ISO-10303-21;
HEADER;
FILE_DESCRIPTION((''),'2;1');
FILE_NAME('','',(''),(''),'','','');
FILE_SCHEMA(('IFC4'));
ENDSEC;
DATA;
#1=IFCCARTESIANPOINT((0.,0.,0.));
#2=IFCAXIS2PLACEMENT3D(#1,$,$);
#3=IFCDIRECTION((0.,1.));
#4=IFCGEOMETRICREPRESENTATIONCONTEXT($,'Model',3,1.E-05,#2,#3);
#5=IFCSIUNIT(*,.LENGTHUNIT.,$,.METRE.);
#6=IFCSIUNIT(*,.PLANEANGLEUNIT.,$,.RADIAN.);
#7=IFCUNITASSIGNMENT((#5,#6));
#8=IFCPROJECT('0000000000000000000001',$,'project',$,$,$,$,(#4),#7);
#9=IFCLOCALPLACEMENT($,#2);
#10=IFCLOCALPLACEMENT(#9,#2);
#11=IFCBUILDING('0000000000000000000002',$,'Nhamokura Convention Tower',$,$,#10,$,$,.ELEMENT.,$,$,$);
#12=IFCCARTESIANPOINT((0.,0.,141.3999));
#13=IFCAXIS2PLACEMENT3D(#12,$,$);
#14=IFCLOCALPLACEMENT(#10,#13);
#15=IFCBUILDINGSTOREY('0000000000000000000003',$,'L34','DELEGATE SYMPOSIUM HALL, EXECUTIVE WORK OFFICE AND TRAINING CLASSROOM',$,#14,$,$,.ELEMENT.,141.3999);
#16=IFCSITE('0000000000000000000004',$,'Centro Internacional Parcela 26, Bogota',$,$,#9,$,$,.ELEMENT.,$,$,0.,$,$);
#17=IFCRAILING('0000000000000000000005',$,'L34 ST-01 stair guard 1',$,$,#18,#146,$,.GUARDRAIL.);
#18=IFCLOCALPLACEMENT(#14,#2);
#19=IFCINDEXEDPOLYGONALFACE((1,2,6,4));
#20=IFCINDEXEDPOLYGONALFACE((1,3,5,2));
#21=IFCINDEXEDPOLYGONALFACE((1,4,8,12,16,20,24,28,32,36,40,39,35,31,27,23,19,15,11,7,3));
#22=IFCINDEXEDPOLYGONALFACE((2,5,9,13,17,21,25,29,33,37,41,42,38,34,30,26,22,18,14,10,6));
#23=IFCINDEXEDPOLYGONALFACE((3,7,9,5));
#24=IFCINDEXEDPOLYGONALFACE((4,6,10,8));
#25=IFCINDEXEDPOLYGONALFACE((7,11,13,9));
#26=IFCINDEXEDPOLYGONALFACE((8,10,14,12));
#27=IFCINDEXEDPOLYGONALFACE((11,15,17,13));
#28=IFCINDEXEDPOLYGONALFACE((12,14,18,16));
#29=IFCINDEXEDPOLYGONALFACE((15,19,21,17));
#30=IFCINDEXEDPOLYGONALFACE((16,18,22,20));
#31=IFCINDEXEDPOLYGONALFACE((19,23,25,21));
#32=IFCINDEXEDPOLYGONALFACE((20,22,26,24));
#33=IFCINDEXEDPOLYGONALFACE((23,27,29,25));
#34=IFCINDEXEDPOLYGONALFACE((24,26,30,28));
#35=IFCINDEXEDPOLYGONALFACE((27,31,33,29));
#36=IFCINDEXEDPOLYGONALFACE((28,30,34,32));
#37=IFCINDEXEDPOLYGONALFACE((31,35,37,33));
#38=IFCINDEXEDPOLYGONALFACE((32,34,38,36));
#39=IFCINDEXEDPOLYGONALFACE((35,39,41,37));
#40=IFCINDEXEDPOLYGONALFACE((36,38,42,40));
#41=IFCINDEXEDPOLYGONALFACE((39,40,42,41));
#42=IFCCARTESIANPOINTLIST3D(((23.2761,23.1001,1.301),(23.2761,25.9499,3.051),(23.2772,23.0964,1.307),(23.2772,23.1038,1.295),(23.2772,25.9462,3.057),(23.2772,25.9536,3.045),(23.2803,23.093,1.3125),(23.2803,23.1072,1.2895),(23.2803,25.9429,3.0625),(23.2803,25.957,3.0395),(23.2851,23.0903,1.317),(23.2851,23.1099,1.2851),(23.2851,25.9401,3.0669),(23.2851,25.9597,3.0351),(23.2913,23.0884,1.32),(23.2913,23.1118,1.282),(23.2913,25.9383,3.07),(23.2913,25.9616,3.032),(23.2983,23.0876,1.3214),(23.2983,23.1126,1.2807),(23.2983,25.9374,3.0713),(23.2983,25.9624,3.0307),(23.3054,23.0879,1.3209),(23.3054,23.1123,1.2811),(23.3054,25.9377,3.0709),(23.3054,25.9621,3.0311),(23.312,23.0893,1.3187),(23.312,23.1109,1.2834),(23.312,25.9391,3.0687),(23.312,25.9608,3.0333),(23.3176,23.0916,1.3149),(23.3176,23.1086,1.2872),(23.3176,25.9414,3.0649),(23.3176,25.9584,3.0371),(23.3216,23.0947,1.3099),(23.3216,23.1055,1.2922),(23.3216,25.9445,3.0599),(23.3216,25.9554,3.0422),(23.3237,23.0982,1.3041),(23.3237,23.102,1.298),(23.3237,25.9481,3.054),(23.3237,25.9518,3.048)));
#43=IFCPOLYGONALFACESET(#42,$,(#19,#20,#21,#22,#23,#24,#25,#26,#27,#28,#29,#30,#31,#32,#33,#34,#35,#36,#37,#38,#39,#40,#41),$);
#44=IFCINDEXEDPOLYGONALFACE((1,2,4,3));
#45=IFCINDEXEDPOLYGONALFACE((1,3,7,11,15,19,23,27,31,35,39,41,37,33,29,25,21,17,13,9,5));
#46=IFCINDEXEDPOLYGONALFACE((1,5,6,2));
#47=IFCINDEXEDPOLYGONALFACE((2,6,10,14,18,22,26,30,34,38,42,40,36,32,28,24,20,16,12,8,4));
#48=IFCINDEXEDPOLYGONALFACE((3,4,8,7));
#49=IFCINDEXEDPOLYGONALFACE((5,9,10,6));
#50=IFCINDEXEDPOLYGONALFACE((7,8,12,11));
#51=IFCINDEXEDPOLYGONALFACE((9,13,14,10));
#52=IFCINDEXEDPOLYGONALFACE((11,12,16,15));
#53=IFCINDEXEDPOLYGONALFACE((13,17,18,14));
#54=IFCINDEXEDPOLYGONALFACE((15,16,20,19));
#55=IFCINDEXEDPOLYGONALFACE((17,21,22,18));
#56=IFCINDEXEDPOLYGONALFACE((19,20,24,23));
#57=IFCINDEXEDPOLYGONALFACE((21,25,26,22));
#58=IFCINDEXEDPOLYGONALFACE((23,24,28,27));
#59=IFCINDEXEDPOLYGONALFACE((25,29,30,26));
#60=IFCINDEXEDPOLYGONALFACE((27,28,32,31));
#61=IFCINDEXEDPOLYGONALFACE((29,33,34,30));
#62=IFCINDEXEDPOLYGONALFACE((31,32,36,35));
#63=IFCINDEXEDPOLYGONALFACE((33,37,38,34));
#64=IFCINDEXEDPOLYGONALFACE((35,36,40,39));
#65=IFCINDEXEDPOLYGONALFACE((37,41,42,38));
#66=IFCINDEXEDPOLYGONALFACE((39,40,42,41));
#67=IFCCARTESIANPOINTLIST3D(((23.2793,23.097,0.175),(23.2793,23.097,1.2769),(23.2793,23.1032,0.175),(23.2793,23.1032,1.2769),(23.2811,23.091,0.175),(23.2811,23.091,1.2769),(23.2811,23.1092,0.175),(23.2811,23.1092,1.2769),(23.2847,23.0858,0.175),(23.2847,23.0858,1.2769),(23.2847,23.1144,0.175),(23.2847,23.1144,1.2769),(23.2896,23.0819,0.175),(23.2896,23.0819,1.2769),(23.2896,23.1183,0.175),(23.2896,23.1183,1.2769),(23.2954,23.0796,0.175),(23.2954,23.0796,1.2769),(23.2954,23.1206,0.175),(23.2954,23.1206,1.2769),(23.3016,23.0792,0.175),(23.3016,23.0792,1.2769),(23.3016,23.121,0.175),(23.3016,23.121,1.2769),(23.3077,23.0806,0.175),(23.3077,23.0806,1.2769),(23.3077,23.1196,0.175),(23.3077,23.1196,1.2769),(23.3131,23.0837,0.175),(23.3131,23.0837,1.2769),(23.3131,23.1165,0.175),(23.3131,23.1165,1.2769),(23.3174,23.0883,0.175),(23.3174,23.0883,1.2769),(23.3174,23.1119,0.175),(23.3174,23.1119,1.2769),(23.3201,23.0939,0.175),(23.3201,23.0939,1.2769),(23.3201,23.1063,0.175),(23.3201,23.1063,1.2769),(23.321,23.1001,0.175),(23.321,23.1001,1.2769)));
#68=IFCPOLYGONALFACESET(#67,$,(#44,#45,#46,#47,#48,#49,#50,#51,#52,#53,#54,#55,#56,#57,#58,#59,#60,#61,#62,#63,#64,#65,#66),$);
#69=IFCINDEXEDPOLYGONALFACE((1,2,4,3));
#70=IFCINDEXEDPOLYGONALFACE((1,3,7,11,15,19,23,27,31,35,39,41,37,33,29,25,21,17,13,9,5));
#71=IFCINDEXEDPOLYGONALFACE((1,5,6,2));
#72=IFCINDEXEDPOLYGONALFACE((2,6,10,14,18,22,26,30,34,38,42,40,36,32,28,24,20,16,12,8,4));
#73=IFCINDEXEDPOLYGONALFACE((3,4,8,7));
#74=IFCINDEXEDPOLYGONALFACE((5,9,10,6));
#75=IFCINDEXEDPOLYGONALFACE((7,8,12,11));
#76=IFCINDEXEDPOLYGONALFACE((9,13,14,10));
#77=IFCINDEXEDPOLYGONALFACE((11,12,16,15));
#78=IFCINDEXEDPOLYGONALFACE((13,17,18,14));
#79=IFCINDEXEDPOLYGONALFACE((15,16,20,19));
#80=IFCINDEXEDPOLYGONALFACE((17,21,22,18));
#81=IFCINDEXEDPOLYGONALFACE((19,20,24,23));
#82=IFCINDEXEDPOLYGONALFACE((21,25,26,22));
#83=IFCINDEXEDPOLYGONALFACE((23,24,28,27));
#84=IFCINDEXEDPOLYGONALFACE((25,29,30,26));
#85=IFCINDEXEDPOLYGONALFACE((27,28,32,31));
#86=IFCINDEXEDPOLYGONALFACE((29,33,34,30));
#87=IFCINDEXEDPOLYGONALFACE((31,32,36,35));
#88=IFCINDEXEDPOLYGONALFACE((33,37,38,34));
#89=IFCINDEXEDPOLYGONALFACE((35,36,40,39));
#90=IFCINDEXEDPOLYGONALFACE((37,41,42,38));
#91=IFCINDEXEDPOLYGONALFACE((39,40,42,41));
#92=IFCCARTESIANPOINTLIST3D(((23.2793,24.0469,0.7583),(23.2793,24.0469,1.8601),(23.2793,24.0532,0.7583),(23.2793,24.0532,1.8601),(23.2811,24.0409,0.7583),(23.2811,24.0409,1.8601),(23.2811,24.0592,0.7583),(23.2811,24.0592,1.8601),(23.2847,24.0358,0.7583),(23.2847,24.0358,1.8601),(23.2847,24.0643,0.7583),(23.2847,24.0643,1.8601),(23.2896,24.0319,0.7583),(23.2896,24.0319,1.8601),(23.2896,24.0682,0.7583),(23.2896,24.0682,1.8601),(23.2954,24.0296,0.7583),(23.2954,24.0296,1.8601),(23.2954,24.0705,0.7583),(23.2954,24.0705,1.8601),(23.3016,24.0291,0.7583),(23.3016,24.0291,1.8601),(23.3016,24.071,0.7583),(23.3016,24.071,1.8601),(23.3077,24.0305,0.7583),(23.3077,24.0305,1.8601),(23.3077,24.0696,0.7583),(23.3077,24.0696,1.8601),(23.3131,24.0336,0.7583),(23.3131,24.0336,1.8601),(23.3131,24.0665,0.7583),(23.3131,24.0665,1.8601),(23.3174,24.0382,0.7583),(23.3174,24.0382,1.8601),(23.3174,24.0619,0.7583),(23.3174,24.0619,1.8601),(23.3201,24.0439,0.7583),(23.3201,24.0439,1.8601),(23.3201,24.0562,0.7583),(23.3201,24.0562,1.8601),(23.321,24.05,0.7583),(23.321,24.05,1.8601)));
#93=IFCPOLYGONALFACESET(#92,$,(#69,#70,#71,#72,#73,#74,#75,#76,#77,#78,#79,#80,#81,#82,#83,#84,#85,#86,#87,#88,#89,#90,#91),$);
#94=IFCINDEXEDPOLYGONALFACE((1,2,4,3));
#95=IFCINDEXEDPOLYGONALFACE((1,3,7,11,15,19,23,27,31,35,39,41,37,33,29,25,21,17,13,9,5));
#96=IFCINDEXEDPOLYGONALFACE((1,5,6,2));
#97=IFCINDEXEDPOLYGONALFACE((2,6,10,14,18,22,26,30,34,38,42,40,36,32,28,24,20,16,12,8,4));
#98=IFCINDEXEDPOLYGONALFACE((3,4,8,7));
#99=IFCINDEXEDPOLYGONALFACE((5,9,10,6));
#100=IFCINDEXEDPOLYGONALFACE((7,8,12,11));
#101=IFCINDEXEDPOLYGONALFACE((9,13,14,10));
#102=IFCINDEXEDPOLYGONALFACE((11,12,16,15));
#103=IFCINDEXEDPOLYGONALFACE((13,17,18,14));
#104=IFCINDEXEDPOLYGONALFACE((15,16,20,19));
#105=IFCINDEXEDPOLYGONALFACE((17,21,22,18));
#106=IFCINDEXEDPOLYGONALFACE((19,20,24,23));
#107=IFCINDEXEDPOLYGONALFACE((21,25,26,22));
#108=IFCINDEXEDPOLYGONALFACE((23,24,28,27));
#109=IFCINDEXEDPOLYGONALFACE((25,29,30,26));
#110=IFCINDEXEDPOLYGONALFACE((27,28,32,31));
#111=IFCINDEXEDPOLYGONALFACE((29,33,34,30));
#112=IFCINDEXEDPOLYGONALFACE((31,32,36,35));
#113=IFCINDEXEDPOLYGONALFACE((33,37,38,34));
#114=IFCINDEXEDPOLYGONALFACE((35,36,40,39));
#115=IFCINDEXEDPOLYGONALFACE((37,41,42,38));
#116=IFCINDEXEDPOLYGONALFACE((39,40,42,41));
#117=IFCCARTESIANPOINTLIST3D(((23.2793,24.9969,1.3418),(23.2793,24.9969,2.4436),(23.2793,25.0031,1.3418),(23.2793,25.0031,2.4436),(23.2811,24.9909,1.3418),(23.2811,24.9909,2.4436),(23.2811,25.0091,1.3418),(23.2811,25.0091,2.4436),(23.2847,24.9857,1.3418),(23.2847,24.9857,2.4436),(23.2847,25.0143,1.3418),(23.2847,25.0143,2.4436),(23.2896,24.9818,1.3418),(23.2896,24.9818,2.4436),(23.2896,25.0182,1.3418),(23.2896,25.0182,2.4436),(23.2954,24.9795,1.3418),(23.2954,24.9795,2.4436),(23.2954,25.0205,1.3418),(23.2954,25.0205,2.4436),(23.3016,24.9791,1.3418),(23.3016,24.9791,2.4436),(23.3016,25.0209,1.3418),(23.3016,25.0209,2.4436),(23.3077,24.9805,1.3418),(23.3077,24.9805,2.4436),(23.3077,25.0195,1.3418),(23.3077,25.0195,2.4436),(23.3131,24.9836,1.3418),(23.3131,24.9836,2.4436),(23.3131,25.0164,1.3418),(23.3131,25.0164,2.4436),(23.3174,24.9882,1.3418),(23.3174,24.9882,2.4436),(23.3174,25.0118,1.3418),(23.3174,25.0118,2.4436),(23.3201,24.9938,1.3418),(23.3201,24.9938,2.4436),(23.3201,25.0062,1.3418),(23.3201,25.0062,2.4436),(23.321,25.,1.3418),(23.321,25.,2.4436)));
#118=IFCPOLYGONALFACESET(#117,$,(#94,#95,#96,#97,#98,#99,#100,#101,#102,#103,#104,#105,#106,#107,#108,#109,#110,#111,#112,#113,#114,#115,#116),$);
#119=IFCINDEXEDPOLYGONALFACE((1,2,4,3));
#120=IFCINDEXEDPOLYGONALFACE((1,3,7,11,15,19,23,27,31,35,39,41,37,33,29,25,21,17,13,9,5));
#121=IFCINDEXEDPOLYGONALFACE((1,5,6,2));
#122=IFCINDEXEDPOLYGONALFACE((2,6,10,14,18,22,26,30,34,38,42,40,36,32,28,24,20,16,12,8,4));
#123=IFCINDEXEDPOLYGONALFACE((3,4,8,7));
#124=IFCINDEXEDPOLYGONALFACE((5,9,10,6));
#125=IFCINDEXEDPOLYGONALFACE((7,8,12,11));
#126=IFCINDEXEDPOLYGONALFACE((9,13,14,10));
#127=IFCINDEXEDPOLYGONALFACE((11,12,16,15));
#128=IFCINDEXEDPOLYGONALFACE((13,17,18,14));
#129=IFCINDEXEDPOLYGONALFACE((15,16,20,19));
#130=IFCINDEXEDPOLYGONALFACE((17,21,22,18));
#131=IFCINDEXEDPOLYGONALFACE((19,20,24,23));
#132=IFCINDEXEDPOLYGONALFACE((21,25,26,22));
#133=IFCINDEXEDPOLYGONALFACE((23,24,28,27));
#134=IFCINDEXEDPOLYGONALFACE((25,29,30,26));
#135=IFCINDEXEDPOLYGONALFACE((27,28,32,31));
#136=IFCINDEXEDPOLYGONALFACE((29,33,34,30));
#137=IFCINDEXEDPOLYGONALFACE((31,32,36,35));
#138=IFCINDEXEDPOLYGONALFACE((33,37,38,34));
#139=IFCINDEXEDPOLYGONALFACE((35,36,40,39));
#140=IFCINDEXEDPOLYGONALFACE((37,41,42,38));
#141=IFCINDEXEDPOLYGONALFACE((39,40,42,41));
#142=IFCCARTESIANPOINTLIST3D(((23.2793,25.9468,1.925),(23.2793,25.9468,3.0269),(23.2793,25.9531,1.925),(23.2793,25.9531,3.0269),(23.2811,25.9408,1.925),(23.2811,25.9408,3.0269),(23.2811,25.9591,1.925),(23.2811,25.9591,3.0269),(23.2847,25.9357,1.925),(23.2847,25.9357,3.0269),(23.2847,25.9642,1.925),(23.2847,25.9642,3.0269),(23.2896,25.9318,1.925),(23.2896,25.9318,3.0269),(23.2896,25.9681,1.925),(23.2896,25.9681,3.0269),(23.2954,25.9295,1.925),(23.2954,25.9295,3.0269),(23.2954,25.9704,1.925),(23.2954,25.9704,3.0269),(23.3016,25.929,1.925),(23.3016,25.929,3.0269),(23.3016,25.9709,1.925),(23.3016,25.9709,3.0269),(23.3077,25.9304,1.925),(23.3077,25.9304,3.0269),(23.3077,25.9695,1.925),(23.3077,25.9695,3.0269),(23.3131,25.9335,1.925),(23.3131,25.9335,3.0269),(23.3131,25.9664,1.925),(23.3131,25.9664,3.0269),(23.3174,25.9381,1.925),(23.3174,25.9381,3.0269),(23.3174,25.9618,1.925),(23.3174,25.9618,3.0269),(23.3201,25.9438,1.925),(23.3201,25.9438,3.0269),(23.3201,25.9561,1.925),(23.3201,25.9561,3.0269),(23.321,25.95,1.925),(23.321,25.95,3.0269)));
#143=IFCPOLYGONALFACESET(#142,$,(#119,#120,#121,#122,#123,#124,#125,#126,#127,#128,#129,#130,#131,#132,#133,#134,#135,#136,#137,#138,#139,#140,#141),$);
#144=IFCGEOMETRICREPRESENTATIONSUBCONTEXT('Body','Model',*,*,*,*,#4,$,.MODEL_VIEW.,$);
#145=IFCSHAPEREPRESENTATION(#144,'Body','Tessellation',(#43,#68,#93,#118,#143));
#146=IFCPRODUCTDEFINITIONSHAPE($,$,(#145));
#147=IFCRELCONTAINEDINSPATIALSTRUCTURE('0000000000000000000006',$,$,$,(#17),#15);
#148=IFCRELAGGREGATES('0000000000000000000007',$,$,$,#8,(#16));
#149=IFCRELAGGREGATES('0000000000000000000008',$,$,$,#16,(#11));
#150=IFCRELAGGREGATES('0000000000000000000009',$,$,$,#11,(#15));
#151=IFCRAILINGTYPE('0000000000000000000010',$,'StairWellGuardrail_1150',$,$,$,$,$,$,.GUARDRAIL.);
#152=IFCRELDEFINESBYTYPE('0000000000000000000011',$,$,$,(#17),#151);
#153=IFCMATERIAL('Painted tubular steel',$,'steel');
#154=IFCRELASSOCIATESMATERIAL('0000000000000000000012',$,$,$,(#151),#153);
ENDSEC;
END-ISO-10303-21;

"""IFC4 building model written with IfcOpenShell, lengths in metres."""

from ifc_helpers import new_model, si_unit, direction, frame, origin, origin_2d, place, context, subcontext, project, spatial, circle, extrude, material, type_object, element, save


model = new_model("IFC4")

# Units and contexts
model_context = context("Model", 3, precision=1e-05, world=origin(), true_north=direction((0.0, 1.0)))
body_context = subcontext(model_context, "Body", "Model", "MODEL_VIEW")
ifc_project = project(units=[si_unit("LENGTHUNIT", "METRE"), si_unit("PLANEANGLEUNIT", "RADIAN")], contexts=[model_context])

# Site, building, storey
site_placement = place(None, origin())
site = spatial("IfcSite", under=ifc_project, at=site_placement, Name="Centro Internacional Parcela 26, Bogota", CompositionType="ELEMENT", RefElevation=0.0)
building_placement = place(site_placement, origin())
building = spatial("IfcBuilding", under=site, at=building_placement, Name="Nhamokura Convention Tower", CompositionType="ELEMENT")
storey_placement = place(building_placement, frame((0.0, 0.0, 141.3999)))
storey = spatial("IfcBuildingStorey", under=building, at=storey_placement, Name="L34", Description="DELEGATE SYMPOSIUM HALL, EXECUTIVE WORK OFFICE AND TRAINING CLASSROOM", CompositionType="ELEMENT", Elevation=141.3999)

# Railing
ifc_material_1 = material(Name="Painted tubular steel", Category="steel")
railing_type_1 = type_object("IfcRailingType", Name="StairWellGuardrail_1150", PredefinedType="GUARDRAIL", material=ifc_material_1)
railing_1_placement = place(storey_placement, frame((23.3, 23.1001, 0.175)))
element("IfcRailing", 1, at=railing_1_placement, inside=storey, type_object=railing_type_1, Name="L34 ST-01 stair guard 1", PredefinedType="GUARDRAIL", context=body_context, shape_type="SweptSolid", body=[
    extrude(circle(Radius=0.0239, at=origin_2d()), frame((0.0, 0.0, 1.126), z_axis=(0.0, 0.852159, 0.523283), x_axis=(-1.0, 0.0, 0.0)), (0.0, 0.0, 1.0), 3.3442),
    extrude(circle(Radius=0.021, at=origin_2d()), origin(), (0.0, 0.0, 1.0), 1.1018),
    extrude(circle(Radius=0.021, at=origin_2d()), frame((0.0, 0.95, 0.5833)), (0.0, 0.0, 1.0), 1.1018),
    extrude(circle(Radius=0.021, at=origin_2d()), frame((0.0, 1.8999, 1.1667)), (0.0, 0.0, 1.0), 1.1018),
    extrude(circle(Radius=0.021, at=origin_2d()), frame((0.0, 2.8499, 1.75)), (0.0, 0.0, 1.0), 1.1018),
])

save(model, "model.ifc")
